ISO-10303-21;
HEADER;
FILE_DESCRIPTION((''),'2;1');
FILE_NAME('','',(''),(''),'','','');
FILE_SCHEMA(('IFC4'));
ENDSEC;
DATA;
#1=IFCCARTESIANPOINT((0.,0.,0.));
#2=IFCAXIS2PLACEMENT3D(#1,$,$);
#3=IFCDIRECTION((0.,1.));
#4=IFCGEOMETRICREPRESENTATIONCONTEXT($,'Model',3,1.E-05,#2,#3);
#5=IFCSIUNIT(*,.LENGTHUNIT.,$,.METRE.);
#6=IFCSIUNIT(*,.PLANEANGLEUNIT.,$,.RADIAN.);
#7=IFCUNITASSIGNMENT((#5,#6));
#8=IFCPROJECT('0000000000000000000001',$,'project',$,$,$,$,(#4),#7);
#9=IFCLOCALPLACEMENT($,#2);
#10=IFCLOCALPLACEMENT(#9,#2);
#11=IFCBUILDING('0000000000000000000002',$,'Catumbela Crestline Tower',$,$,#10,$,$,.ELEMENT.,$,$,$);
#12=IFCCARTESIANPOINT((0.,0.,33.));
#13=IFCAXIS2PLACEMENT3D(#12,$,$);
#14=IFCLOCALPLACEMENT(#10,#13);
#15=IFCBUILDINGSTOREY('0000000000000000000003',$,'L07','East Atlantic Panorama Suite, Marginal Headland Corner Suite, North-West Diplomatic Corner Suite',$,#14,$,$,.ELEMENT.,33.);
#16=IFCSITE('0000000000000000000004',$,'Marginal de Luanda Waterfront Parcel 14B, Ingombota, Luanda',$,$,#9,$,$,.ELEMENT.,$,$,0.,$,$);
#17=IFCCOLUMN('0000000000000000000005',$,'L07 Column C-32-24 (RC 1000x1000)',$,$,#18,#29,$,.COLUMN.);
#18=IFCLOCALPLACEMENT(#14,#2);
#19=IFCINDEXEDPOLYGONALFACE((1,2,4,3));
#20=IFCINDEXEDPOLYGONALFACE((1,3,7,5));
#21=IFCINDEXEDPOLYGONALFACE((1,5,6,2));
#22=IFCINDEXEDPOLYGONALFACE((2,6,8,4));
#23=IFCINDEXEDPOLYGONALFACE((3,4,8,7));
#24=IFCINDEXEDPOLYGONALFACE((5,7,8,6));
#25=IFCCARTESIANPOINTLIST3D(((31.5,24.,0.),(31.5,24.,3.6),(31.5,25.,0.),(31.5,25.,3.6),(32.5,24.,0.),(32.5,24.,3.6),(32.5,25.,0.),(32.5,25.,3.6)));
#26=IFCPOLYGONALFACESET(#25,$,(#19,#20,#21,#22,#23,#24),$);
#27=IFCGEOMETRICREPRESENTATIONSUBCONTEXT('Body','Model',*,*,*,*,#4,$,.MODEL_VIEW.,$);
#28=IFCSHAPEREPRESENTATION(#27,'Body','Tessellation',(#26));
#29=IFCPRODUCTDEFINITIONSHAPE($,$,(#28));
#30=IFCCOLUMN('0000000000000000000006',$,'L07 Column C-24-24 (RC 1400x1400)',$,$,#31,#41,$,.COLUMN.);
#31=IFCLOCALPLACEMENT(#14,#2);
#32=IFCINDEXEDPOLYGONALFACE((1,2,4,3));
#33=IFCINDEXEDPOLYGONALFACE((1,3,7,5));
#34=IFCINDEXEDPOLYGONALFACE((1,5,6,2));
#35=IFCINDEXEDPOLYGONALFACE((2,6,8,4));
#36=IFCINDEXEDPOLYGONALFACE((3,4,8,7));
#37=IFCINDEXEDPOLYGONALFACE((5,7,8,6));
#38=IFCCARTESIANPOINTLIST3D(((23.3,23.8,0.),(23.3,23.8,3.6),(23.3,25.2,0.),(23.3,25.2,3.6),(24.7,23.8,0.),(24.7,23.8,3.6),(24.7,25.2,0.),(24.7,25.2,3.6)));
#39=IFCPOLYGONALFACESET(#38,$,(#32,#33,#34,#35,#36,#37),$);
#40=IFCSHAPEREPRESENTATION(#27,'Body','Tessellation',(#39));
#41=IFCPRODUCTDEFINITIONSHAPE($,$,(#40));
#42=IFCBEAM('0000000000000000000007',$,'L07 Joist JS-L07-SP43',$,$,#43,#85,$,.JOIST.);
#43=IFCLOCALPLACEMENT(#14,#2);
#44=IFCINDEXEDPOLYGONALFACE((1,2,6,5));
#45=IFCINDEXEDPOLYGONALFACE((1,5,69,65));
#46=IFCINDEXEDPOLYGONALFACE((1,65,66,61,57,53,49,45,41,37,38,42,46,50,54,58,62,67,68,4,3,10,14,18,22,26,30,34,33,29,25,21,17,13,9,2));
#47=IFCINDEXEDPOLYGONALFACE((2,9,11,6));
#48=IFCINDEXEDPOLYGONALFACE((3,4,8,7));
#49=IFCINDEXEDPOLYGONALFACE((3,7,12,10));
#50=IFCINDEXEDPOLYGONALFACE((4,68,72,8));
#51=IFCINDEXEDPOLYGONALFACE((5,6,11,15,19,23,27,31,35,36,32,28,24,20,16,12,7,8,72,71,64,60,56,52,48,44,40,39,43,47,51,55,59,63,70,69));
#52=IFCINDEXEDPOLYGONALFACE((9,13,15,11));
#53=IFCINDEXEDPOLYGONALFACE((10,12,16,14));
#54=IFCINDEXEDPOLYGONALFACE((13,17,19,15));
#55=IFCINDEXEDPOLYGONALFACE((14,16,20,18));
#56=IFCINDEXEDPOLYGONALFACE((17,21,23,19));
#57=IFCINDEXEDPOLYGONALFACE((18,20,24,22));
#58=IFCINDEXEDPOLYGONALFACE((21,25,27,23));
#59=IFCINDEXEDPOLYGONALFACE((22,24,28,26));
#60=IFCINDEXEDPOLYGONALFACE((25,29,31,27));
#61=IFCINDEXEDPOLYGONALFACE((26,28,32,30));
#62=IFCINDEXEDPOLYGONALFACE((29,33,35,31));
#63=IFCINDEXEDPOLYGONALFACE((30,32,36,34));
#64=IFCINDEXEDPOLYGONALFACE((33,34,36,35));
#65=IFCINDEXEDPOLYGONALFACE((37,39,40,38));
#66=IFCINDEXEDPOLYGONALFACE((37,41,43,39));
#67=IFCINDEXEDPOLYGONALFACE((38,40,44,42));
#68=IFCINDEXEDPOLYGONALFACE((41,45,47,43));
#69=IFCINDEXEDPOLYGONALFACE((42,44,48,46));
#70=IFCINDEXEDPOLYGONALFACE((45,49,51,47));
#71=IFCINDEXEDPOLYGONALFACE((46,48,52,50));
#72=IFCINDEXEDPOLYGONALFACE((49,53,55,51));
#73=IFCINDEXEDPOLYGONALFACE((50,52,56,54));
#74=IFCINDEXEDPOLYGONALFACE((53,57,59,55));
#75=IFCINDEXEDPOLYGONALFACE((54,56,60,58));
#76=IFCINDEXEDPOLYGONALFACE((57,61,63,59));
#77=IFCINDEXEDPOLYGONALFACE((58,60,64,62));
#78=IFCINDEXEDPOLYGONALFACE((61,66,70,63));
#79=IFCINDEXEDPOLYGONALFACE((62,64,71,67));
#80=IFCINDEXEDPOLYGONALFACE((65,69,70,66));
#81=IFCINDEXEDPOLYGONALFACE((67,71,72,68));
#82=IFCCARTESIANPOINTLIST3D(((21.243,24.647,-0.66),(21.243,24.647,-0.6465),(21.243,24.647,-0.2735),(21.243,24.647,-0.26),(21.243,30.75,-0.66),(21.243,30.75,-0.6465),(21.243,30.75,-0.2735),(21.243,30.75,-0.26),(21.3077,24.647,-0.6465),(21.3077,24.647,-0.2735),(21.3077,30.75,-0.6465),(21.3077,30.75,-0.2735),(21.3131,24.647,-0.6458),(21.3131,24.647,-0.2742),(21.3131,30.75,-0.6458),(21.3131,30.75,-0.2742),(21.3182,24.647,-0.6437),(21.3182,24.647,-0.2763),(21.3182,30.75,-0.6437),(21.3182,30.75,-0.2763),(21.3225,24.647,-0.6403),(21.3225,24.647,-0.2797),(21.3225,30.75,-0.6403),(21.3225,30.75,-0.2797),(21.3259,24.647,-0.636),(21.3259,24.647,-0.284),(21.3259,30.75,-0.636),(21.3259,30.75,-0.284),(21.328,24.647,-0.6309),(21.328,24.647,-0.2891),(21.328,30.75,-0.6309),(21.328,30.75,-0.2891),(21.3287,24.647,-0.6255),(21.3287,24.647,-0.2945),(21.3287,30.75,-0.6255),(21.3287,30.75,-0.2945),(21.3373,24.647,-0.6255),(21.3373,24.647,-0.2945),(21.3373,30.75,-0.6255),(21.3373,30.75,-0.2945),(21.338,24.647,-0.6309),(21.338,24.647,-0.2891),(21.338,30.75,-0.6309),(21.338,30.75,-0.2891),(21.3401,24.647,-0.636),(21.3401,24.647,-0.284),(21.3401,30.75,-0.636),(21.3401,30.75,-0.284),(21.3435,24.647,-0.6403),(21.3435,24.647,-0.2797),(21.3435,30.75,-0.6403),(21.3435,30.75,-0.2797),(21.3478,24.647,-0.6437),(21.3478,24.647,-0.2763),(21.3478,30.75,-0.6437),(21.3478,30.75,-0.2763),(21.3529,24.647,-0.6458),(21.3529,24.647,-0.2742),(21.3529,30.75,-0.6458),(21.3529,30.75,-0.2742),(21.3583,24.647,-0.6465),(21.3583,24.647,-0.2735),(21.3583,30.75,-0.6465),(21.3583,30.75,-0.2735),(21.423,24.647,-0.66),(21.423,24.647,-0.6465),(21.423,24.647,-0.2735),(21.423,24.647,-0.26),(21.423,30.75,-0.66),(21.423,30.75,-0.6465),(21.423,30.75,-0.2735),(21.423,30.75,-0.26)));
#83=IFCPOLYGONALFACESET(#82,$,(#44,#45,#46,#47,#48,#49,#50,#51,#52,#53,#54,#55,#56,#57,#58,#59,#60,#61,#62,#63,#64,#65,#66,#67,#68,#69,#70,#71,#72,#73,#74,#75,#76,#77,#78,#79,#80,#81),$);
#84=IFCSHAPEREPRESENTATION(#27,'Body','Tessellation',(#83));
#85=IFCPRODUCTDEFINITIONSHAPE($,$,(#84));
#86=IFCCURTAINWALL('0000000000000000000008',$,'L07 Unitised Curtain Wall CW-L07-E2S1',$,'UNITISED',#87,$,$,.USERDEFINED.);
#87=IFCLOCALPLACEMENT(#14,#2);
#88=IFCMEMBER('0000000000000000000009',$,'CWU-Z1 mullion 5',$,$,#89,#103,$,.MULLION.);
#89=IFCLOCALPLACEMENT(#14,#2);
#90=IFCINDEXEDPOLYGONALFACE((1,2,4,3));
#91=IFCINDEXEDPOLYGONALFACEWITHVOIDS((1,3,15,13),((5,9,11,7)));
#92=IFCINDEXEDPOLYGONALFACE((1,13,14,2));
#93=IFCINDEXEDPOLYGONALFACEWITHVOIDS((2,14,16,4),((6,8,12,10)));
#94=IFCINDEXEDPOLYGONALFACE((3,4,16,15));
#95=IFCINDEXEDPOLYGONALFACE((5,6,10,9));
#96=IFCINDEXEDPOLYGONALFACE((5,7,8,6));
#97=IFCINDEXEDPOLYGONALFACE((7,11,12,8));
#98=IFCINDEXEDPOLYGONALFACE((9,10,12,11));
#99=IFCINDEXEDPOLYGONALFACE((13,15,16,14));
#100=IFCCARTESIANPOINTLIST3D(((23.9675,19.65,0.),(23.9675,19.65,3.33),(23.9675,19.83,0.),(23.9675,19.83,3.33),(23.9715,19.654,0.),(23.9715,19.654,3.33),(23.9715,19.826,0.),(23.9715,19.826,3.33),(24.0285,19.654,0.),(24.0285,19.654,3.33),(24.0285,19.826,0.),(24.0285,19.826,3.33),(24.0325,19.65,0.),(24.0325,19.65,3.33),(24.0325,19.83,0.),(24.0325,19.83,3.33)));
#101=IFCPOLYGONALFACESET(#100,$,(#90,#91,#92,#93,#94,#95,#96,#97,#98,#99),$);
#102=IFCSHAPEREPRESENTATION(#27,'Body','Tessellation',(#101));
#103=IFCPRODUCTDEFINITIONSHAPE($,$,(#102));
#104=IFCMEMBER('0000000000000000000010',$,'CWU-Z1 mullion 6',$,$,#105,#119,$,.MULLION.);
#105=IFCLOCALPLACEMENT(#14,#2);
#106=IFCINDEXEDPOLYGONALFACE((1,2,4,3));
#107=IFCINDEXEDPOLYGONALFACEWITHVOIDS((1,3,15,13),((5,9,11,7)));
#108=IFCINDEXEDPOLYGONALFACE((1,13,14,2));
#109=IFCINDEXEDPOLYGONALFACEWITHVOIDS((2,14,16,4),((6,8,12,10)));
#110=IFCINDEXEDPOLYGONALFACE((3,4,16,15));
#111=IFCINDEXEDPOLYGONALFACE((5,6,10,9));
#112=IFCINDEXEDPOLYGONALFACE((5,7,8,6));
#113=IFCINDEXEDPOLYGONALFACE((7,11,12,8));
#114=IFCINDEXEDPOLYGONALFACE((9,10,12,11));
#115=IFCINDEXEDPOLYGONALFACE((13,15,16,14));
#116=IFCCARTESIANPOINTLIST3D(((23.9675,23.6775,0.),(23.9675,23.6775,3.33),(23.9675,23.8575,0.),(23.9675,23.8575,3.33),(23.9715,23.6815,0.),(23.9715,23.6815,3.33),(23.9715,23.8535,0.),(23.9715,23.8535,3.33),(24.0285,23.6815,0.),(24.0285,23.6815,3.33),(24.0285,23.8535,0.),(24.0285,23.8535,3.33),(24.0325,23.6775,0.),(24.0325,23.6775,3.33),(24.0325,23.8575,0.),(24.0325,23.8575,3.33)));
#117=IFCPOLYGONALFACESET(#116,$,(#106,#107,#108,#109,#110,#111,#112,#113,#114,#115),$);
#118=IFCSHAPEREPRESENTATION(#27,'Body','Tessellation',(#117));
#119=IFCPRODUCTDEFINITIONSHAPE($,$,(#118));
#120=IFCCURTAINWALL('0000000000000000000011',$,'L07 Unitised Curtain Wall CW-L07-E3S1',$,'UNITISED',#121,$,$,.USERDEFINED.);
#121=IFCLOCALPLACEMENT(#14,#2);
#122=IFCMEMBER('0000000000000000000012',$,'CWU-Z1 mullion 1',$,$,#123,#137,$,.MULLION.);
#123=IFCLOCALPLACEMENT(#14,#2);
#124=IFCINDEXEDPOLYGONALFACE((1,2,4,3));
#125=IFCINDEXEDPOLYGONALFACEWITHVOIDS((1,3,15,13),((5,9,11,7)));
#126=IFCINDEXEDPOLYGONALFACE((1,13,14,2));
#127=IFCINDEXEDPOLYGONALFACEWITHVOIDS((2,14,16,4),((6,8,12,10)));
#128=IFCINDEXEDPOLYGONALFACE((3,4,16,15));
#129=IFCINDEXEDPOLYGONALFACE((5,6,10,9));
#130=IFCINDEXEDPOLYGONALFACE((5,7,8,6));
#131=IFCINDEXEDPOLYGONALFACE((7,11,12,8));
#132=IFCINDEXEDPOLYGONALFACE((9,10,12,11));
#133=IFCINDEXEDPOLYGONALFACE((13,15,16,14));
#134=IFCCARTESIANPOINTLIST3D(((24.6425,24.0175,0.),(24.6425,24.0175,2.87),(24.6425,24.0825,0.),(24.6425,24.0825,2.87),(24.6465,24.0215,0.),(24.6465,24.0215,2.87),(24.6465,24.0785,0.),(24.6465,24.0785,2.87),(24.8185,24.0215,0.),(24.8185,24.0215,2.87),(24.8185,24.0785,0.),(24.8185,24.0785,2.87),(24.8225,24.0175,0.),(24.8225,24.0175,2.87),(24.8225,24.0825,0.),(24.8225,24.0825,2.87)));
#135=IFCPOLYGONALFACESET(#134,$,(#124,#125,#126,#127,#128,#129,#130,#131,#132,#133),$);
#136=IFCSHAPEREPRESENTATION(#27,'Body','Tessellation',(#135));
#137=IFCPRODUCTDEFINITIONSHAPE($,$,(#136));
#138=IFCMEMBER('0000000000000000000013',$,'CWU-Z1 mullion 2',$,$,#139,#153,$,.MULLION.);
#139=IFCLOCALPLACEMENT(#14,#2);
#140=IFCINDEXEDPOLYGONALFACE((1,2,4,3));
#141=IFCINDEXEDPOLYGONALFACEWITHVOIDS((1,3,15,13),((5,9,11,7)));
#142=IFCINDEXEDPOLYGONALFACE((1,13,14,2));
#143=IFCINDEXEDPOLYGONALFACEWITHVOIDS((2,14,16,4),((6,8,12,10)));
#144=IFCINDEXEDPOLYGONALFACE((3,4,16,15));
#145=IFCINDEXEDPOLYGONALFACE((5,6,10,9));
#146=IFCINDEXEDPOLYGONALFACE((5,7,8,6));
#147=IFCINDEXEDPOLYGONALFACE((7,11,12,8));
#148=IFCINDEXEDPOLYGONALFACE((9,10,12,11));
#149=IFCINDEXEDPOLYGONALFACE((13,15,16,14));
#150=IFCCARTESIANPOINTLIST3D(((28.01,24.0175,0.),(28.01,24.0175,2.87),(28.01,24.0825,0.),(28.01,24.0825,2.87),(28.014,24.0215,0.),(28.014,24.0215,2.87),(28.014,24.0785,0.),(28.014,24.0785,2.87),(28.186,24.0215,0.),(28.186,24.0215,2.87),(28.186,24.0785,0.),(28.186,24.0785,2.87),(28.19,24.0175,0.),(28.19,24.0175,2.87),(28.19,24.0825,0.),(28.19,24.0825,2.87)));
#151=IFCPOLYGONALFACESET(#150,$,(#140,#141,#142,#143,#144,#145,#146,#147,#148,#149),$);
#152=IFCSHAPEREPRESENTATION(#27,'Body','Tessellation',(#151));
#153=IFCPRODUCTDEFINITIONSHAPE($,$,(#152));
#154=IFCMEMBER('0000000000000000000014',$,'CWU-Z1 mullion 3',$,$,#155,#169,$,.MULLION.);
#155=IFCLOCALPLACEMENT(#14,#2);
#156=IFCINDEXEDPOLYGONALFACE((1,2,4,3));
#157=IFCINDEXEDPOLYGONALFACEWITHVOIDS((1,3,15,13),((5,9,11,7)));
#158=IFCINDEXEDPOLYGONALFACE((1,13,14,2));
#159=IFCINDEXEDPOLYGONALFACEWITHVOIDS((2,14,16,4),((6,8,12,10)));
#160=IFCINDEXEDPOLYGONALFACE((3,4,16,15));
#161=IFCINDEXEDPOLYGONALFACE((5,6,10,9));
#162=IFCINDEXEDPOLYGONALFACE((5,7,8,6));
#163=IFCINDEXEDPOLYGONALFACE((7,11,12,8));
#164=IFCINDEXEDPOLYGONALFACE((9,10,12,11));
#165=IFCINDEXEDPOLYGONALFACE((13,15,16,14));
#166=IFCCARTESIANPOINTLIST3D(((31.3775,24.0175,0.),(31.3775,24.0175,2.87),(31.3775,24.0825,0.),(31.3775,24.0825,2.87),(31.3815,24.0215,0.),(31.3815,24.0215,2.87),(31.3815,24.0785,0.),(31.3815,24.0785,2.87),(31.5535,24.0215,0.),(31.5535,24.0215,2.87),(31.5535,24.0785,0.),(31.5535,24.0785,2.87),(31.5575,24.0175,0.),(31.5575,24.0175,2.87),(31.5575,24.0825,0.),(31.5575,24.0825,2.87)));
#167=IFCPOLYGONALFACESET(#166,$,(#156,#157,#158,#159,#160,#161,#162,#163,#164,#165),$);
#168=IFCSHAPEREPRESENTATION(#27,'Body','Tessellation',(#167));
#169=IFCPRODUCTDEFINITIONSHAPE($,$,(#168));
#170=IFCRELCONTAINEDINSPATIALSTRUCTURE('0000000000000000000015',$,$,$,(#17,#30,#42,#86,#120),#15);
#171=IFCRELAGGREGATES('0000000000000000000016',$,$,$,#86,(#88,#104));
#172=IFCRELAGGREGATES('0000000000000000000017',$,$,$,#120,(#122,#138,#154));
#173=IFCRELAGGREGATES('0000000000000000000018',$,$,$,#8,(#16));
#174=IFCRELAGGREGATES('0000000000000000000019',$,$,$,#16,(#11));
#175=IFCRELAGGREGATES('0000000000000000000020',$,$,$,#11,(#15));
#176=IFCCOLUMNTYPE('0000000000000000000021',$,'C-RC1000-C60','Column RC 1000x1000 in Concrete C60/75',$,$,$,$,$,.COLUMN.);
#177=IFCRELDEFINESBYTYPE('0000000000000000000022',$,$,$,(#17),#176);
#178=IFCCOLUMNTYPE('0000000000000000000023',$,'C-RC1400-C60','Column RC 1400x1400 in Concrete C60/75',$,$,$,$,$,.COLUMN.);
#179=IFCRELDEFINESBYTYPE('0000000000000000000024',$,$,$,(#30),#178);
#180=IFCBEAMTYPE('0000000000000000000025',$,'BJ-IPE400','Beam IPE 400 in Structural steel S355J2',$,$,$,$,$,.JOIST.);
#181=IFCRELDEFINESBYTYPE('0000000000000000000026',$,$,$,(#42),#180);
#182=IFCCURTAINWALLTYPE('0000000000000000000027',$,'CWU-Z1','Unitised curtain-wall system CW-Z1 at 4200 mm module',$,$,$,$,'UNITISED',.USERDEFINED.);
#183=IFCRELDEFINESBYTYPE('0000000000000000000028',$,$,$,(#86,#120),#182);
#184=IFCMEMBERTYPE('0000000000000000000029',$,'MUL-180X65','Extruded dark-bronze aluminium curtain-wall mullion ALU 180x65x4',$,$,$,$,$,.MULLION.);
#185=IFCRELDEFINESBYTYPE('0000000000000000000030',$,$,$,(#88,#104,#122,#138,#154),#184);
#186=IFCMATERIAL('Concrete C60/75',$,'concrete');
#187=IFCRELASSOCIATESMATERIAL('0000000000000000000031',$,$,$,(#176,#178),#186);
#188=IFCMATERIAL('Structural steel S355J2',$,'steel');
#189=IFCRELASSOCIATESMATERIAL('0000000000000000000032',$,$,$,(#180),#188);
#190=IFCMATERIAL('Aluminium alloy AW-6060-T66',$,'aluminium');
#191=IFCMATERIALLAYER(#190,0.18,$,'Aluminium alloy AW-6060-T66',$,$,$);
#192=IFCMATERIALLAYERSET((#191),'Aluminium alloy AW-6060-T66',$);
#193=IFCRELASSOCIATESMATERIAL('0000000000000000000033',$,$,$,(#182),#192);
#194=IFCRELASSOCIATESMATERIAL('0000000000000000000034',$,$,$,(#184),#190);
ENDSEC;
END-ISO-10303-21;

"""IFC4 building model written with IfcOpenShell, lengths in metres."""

from ifc_helpers import new_model, si_unit, direction, frame, origin, origin_2d, place, context, subcontext, project, spatial, rectangle, hollow_rectangle, i_section, extrude, material, layer, layer_set, material_profile, profile_set, type_object, element, aggregate, save


model = new_model("IFC4")

# Units and contexts
model_context = context("Model", 3, precision=1e-05, world=origin(), true_north=direction((0.0, 1.0)))
body_context = subcontext(model_context, "Body", "Model", "MODEL_VIEW")
ifc_project = project(units=[si_unit("LENGTHUNIT", "METRE"), si_unit("PLANEANGLEUNIT", "RADIAN")], contexts=[model_context])

# Site, building, storey
site_placement = place(None, origin())
site = spatial("IfcSite", under=ifc_project, at=site_placement, Name="Marginal de Luanda Waterfront Parcel 14B, Ingombota, Luanda", CompositionType="ELEMENT", RefElevation=0.0)
building_placement = place(site_placement, origin())
building = spatial("IfcBuilding", under=site, at=building_placement, Name="Catumbela Crestline Tower", CompositionType="ELEMENT")
storey_placement = place(building_placement, frame((0.0, 0.0, 33.0)))
storey = spatial("IfcBuildingStorey", under=building, at=storey_placement, Name="L07", Description="East Atlantic Panorama Suite, Marginal Headland Corner Suite, North-West Diplomatic Corner Suite", CompositionType="ELEMENT", Elevation=33.0)

# Columns
ifc_material_1 = material(Name="Concrete C60/75", Category="concrete")
ifc_material_profile_1 = material_profile(ifc_material_1, rectangle(XDim=1.0, YDim=1.0, at=origin_2d()), Name="RC 1000x1000")
ifc_profile_set_1 = profile_set([ifc_material_profile_1], Name="Concrete C60/75")
column_type_1 = type_object("IfcColumnType", Name="C-RC1000-C60", Description="Column RC 1000x1000 in Concrete C60/75", PredefinedType="COLUMN", material=ifc_profile_set_1)
column_1_placement = place(storey_placement, frame((32.0, 24.5, 0.0), z_axis=(0.0, 0.0, 1.0), x_axis=(1.0, 0.0, 0.0)))
element("IfcColumn", 1, at=column_1_placement, inside=storey, type_object=column_type_1, Name="L07 Column C-32-24 (RC 1000x1000)", PredefinedType="COLUMN", context=body_context, shape_type="SweptSolid", body=[
    extrude(rectangle(XDim=1.0, YDim=1.0, at=origin_2d()), origin(), (0.0, 0.0, 1.0), 3.6),
])
ifc_material_profile_2 = material_profile(ifc_material_1, rectangle(XDim=1.4, YDim=1.4, at=origin_2d()), Name="RC 1400x1400")
ifc_profile_set_2 = profile_set([ifc_material_profile_2], Name="Concrete C60/75")
column_type_2 = type_object("IfcColumnType", Name="C-RC1400-C60", Description="Column RC 1400x1400 in Concrete C60/75", PredefinedType="COLUMN", material=ifc_profile_set_2)
column_2_placement = place(storey_placement, frame((24.0, 24.5, 0.0), z_axis=(0.0, 0.0, 1.0), x_axis=(1.0, 0.0, 0.0)))
element("IfcColumn", 2, at=column_2_placement, inside=storey, type_object=column_type_2, Name="L07 Column C-24-24 (RC 1400x1400)", PredefinedType="COLUMN", context=body_context, shape_type="SweptSolid", body=[
    extrude(rectangle(XDim=1.4, YDim=1.4, at=origin_2d()), origin(), (0.0, 0.0, 1.0), 3.6),
])

# Beam
ifc_material_2 = material(Name="Structural steel S355J2", Category="steel")
ifc_material_profile_3 = material_profile(ifc_material_2, i_section(OverallWidth=0.18, OverallDepth=0.4, WebThickness=0.0086, FlangeThickness=0.0135, FilletRadius=0.021, at=origin_2d()), Name="IPE 400")
ifc_profile_set_3 = profile_set([ifc_material_profile_3], Name="Structural steel S355J2")
beam_type_1 = type_object("IfcBeamType", Name="BJ-IPE400", Description="Beam IPE 400 in Structural steel S355J2", PredefinedType="JOIST", material=ifc_profile_set_3)
beam_1_placement = place(storey_placement, frame((21.333, 24.647, -0.46), z_axis=(0.0, 1.0, 0.0), x_axis=(-1.0, 0.0, 0.0)))
element("IfcBeam", 3, at=beam_1_placement, inside=storey, type_object=beam_type_1, Name="L07 Joist JS-L07-SP43", PredefinedType="JOIST", context=body_context, shape_type="SweptSolid", body=[
    extrude(i_section(OverallWidth=0.18, OverallDepth=0.4, WebThickness=0.0086, FlangeThickness=0.0135, FilletRadius=0.021, at=origin_2d()), origin(), (0.0, 0.0, 1.0), 6.103),
])

# Curtain walls, members
ifc_material_3 = material(Name="Aluminium alloy AW-6060-T66", Category="aluminium")
ifc_layer_1 = layer(ifc_material_3, 0.18, Name="Aluminium alloy AW-6060-T66")
ifc_layer_set_1 = layer_set([ifc_layer_1], Name="Aluminium alloy AW-6060-T66")
curtain_wall_type = type_object("IfcCurtainWallType", Name="CWU-Z1", Description="Unitised curtain-wall system CW-Z1 at 4200 mm module", ElementType="UNITISED", PredefinedType="USERDEFINED", material=ifc_layer_set_1)
curtain_wall_1_placement = place(storey_placement, origin())
curtain_wall_1 = element("IfcCurtainWall", 4, at=curtain_wall_1_placement, inside=storey, type_object=curtain_wall_type, Name="L07 Unitised Curtain Wall CW-L07-E2S1", ObjectType="UNITISED", PredefinedType="USERDEFINED")
ifc_material_profile_4 = material_profile(ifc_material_3, hollow_rectangle(XDim=0.065, YDim=0.18, WallThickness=0.004, at=origin_2d()), Name="ALU 180x65x4")
ifc_profile_set_4 = profile_set([ifc_material_profile_4], Name="Aluminium alloy AW-6060-T66")
member_type_1 = type_object("IfcMemberType", Name="MUL-180X65", Description="Extruded dark-bronze aluminium curtain-wall mullion ALU 180x65x4", PredefinedType="MULLION", material=ifc_profile_set_4)
member_1_placement = place(storey_placement, frame((24.0, 19.74, 0.0), z_axis=(0.0, 0.0, 1.0), x_axis=(-1.0, 0.0, 0.0)))
member_1 = element("IfcMember", 5, at=member_1_placement, type_object=member_type_1, Name="CWU-Z1 mullion 5", PredefinedType="MULLION", context=body_context, shape_type="SweptSolid", body=[
    extrude(hollow_rectangle(XDim=0.065, YDim=0.18, WallThickness=0.004, at=origin_2d()), origin(), (0.0, 0.0, 1.0), 3.33),
])
member_2_placement = place(storey_placement, frame((24.0, 23.7675, 0.0), z_axis=(0.0, 0.0, 1.0), x_axis=(-1.0, 0.0, 0.0)))
member_2 = element("IfcMember", 6, at=member_2_placement, type_object=member_type_1, Name="CWU-Z1 mullion 6", PredefinedType="MULLION", context=body_context, shape_type="SweptSolid", body=[
    extrude(hollow_rectangle(XDim=0.065, YDim=0.18, WallThickness=0.004, at=origin_2d()), origin(), (0.0, 0.0, 1.0), 3.33),
])
curtain_wall_2_placement = place(storey_placement, origin())
curtain_wall_2 = element("IfcCurtainWall", 7, at=curtain_wall_2_placement, inside=storey, type_object=curtain_wall_type, Name="L07 Unitised Curtain Wall CW-L07-E3S1", ObjectType="UNITISED", PredefinedType="USERDEFINED")
member_3_placement = place(storey_placement, frame((24.7325, 24.05, 0.0), z_axis=(0.0, 0.0, 1.0), x_axis=(0.0, 1.0, 0.0)))
member_3 = element("IfcMember", 8, at=member_3_placement, type_object=member_type_1, Name="CWU-Z1 mullion 1", PredefinedType="MULLION", context=body_context, shape_type="SweptSolid", body=[
    extrude(hollow_rectangle(XDim=0.065, YDim=0.18, WallThickness=0.004, at=origin_2d()), origin(), (0.0, 0.0, 1.0), 2.87),
])
member_4_placement = place(storey_placement, frame((28.1, 24.05, 0.0), z_axis=(0.0, 0.0, 1.0), x_axis=(0.0, 1.0, 0.0)))
member_4 = element("IfcMember", 9, at=member_4_placement, type_object=member_type_1, Name="CWU-Z1 mullion 2", PredefinedType="MULLION", context=body_context, shape_type="SweptSolid", body=[
    extrude(hollow_rectangle(XDim=0.065, YDim=0.18, WallThickness=0.004, at=origin_2d()), origin(), (0.0, 0.0, 1.0), 2.87),
])
member_5_placement = place(storey_placement, frame((31.4675, 24.05, 0.0), z_axis=(0.0, 0.0, 1.0), x_axis=(0.0, 1.0, 0.0)))
member_5 = element("IfcMember", 10, at=member_5_placement, type_object=member_type_1, Name="CWU-Z1 mullion 3", PredefinedType="MULLION", context=body_context, shape_type="SweptSolid", body=[
    extrude(hollow_rectangle(XDim=0.065, YDim=0.18, WallThickness=0.004, at=origin_2d()), origin(), (0.0, 0.0, 1.0), 2.87),
])

aggregate(curtain_wall_1, [member_1, member_2])
aggregate(curtain_wall_2, [member_3, member_4, member_5])

save(model, "model.ifc")
